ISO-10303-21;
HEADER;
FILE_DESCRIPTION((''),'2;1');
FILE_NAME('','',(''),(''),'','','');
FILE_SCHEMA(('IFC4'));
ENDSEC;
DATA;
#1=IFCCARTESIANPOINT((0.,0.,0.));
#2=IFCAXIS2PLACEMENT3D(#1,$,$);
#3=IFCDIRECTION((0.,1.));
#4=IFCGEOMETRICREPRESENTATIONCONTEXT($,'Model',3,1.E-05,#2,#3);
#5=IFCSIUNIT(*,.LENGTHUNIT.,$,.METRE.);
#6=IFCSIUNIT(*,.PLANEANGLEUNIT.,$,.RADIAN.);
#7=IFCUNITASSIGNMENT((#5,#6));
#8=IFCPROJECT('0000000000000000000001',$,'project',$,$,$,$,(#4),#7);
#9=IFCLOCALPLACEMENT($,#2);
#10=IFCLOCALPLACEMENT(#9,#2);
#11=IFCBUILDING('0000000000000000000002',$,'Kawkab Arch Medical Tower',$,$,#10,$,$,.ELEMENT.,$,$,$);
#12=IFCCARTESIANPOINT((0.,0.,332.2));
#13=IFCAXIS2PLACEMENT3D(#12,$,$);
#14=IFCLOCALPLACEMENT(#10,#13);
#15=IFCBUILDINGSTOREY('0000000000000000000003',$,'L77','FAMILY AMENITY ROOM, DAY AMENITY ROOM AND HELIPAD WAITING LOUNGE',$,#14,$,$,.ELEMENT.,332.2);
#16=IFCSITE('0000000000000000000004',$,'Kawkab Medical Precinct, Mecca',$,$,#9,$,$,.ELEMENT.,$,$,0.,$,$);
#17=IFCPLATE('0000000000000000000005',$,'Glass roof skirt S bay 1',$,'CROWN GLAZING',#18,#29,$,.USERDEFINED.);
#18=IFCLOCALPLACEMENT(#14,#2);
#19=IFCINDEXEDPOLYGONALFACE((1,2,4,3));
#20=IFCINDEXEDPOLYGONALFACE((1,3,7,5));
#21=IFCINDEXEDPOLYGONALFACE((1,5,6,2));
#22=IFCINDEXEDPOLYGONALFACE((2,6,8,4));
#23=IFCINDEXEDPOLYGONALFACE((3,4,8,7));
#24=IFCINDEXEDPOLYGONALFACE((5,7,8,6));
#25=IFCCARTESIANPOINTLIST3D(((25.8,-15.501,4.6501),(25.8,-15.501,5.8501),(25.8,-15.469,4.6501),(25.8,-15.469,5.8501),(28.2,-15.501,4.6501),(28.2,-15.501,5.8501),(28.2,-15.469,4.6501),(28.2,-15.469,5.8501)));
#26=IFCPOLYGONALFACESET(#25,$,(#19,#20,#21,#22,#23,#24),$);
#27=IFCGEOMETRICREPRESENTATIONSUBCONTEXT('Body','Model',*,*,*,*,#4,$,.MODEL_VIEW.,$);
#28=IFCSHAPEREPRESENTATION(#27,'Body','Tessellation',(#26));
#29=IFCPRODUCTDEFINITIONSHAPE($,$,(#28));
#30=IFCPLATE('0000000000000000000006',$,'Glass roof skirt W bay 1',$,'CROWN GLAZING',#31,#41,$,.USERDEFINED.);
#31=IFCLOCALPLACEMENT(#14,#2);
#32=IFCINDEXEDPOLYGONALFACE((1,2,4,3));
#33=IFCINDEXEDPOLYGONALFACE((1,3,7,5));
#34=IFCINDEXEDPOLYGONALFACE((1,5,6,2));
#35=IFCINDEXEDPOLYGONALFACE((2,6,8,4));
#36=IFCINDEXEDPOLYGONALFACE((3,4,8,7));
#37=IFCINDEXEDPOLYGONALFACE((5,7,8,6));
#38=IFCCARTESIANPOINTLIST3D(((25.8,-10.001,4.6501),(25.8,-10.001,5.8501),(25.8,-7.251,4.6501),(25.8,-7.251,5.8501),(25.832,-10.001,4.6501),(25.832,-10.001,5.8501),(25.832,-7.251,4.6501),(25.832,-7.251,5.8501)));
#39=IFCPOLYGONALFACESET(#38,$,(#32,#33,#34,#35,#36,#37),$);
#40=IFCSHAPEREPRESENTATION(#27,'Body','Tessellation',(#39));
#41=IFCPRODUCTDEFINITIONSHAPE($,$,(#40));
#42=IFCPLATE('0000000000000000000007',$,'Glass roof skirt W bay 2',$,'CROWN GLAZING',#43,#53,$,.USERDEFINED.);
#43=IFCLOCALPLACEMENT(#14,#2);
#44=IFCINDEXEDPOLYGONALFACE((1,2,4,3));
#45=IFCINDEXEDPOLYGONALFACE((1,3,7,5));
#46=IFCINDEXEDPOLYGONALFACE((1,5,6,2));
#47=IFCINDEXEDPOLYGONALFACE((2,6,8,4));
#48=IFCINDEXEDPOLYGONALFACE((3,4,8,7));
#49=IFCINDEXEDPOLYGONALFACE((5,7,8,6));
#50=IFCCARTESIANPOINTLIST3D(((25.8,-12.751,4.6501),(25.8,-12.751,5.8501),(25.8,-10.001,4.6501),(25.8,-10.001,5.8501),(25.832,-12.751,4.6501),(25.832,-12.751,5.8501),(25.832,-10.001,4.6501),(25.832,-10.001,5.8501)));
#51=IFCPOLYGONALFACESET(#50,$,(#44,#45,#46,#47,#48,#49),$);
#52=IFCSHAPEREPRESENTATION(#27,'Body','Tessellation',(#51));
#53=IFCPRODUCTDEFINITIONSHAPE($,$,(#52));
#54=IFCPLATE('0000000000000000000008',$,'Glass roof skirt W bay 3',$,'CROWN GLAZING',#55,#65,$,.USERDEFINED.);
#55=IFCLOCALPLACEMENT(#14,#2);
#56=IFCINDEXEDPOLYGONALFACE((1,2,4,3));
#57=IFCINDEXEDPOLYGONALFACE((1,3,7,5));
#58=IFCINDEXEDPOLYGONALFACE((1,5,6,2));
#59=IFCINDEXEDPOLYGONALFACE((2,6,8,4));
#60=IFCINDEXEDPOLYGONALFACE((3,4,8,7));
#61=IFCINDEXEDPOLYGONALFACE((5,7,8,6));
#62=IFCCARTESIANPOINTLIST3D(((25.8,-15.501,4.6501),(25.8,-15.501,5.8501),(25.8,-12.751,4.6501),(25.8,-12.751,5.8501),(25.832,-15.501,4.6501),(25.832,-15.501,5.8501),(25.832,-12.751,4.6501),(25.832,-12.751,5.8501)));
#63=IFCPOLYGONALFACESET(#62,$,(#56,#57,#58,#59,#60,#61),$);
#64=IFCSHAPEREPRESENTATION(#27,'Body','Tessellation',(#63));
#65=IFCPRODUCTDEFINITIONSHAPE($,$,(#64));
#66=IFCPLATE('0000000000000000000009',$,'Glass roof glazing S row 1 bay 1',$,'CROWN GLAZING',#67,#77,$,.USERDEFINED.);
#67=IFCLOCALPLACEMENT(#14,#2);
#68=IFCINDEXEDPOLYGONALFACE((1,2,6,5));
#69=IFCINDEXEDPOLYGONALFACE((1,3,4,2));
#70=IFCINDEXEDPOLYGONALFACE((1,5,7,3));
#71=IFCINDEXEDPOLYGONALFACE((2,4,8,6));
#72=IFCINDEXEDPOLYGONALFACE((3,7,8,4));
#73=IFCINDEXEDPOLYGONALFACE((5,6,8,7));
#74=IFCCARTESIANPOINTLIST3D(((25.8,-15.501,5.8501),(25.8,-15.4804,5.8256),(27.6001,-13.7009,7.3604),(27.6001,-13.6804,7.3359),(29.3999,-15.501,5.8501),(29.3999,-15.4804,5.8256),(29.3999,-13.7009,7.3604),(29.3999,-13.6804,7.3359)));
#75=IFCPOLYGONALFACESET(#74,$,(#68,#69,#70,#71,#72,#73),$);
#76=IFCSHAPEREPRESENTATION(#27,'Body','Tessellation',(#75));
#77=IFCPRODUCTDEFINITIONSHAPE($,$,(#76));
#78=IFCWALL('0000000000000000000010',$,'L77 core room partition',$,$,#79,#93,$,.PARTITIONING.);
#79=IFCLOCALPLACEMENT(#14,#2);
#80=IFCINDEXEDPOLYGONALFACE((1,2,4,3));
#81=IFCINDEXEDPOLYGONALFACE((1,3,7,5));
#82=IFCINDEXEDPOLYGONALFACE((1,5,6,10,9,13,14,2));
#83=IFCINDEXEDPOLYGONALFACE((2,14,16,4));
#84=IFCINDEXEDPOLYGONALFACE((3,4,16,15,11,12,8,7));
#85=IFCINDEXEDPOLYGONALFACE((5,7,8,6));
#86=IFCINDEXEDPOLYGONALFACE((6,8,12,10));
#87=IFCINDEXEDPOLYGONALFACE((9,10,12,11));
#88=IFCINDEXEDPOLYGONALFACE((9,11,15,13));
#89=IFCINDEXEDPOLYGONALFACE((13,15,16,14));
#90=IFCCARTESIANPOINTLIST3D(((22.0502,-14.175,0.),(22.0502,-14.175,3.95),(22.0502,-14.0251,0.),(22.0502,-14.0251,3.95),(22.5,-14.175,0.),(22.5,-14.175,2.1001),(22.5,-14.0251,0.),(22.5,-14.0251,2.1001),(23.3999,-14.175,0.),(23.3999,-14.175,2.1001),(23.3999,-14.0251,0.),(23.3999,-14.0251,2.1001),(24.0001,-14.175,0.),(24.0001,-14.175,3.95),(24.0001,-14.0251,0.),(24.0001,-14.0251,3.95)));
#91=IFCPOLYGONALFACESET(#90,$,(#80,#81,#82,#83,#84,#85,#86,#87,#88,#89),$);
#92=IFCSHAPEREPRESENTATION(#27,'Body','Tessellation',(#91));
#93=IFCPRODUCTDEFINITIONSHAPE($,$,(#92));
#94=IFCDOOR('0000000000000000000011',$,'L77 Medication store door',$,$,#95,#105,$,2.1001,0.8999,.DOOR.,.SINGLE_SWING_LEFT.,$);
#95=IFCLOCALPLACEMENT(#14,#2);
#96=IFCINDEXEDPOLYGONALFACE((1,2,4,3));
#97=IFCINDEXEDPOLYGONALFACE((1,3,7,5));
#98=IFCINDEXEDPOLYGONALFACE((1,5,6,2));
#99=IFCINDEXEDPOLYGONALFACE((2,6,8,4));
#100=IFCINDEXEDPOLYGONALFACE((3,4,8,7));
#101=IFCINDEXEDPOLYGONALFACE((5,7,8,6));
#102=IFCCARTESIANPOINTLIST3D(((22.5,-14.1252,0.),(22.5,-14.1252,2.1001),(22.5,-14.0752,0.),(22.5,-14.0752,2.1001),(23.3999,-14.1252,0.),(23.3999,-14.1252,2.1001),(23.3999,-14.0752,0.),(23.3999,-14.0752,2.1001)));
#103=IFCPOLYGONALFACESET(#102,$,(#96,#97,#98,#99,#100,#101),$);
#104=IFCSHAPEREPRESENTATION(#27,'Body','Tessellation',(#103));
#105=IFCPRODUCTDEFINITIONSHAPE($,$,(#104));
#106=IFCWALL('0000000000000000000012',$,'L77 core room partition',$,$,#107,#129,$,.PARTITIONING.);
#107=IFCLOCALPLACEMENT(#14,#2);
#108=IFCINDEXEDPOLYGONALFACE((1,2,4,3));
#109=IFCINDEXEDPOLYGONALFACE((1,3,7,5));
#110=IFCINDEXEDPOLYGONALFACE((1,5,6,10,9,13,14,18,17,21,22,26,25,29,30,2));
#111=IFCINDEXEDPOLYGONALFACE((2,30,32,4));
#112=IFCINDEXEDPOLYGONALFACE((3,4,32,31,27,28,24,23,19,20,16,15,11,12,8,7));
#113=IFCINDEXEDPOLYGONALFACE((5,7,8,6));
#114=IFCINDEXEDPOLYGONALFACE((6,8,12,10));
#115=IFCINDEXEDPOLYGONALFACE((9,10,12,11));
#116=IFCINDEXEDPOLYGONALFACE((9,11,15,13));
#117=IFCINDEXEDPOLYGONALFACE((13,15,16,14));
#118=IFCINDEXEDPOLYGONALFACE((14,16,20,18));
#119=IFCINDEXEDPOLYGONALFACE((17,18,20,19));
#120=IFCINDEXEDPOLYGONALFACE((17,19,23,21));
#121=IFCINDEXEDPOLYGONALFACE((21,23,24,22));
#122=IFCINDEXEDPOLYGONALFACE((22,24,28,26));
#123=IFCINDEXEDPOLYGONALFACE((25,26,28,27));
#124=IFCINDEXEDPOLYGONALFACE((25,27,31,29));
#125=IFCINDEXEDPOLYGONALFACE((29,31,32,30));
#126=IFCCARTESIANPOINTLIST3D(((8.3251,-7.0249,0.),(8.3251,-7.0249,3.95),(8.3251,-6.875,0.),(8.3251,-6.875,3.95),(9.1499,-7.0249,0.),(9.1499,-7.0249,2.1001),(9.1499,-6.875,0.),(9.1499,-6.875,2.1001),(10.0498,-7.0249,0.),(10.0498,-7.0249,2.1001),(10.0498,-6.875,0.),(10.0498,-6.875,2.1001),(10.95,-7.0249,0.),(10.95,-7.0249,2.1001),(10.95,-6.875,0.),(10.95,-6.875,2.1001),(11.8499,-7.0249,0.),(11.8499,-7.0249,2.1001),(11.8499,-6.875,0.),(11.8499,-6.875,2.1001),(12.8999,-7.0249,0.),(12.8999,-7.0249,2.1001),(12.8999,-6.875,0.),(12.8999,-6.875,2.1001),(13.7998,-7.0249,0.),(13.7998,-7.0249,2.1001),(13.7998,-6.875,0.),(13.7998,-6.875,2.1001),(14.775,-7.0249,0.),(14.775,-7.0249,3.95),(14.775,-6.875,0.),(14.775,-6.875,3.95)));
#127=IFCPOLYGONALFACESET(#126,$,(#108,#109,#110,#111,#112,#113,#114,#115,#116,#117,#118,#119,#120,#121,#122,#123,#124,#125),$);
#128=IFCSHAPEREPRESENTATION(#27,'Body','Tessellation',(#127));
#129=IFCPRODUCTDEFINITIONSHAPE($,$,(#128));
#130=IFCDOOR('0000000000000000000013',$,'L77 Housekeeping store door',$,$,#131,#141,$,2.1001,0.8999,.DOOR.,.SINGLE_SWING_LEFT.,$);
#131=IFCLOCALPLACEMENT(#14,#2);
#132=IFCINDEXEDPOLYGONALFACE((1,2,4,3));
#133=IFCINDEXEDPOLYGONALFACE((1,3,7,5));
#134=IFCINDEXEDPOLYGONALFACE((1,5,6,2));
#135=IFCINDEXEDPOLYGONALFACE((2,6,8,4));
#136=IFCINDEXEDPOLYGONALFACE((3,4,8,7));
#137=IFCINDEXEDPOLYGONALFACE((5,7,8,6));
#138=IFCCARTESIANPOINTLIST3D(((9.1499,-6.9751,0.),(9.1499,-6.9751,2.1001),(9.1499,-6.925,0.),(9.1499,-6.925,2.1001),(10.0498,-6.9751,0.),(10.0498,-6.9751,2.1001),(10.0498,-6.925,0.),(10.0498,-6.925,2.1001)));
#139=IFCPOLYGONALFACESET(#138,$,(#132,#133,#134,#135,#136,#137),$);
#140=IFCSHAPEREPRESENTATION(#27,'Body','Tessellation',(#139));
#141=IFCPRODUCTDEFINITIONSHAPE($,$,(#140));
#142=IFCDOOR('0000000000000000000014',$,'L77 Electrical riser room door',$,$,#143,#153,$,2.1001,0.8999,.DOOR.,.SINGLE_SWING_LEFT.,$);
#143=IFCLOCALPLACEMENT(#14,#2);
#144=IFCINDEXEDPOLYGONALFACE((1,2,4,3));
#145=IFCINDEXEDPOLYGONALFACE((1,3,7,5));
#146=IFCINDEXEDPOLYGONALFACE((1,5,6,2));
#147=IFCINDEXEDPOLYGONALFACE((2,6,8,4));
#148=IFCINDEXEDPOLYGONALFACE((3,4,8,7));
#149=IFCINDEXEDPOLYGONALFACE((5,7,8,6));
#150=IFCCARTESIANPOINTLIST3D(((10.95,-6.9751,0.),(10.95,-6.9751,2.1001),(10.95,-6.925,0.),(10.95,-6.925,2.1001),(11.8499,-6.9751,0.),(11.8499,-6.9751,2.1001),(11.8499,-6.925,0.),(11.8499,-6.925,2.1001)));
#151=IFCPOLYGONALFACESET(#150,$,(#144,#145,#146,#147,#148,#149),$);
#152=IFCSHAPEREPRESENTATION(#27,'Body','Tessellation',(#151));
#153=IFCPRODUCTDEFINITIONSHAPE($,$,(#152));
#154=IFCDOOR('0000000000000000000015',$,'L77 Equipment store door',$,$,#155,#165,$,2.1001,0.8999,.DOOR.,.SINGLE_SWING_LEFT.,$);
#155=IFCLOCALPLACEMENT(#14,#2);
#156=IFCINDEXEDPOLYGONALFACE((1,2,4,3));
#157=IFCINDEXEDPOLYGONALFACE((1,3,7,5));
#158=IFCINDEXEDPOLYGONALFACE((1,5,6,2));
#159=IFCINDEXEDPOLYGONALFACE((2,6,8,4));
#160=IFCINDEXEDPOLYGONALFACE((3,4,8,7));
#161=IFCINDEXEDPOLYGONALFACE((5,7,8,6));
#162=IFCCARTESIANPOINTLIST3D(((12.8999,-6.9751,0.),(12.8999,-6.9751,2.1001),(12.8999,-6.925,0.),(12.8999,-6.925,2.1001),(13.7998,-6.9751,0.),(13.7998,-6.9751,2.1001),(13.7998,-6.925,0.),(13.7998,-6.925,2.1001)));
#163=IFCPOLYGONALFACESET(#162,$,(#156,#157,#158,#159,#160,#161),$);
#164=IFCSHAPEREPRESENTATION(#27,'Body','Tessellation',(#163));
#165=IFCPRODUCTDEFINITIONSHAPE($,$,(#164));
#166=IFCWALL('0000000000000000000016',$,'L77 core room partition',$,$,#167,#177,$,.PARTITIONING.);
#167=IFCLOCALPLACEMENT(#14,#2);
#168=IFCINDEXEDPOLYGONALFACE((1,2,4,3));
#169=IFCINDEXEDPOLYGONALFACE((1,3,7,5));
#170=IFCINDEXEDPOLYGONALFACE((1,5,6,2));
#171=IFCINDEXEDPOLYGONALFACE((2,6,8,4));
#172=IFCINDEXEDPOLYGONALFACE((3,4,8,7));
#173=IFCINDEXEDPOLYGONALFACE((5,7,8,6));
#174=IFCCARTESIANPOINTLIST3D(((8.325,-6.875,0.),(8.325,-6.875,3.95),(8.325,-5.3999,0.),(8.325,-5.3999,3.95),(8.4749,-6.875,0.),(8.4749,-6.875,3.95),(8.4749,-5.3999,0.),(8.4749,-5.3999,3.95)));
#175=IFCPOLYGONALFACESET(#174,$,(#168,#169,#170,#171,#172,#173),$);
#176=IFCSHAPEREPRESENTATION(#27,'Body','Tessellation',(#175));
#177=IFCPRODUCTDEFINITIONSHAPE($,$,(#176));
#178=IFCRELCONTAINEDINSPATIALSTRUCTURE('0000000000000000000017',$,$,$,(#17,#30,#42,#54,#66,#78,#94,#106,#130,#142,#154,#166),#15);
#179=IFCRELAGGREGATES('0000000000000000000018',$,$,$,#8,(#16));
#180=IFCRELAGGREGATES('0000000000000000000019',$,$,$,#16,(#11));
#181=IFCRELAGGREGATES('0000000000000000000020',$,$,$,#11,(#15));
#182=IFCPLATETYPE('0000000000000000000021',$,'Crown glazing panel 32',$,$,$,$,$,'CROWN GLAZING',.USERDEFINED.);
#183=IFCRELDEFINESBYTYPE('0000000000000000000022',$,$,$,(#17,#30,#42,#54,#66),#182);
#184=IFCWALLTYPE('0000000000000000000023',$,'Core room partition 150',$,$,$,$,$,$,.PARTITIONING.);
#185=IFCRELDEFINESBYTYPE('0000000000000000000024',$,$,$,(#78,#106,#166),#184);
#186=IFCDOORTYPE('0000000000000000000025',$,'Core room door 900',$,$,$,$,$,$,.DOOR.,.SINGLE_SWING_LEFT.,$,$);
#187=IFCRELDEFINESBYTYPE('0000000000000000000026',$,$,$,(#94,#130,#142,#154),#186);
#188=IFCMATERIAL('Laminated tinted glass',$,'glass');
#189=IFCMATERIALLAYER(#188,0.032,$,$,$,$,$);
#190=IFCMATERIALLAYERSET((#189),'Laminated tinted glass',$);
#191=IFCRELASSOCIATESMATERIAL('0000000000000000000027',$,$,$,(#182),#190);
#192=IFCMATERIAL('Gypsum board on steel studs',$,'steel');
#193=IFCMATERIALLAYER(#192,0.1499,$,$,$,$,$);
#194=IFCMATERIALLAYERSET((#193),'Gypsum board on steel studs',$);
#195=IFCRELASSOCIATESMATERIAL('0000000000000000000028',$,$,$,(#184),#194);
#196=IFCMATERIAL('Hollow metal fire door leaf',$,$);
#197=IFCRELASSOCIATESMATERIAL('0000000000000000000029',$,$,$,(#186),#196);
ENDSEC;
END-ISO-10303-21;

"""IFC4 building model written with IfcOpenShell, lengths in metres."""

from ifc_helpers import new_model, si_unit, direction, frame, frame_2d, origin, place, context, subcontext, project, spatial, polyline, rectangle, outline, extrude, material, layer, layer_set, type_object, element, fill, save


model = new_model("IFC4")

# Units and contexts
model_context = context("Model", 3, precision=1e-05, world=origin(), true_north=direction((0.0, 1.0)))
body_context = subcontext(model_context, "Body", "Model", "MODEL_VIEW")
ifc_project = project(units=[si_unit("LENGTHUNIT", "METRE"), si_unit("PLANEANGLEUNIT", "RADIAN")], contexts=[model_context])

# Site, building, storey
site_placement = place(None, origin())
site = spatial("IfcSite", under=ifc_project, at=site_placement, Name="Kawkab Medical Precinct, Mecca", CompositionType="ELEMENT", RefElevation=0.0)
building_placement = place(site_placement, origin())
building = spatial("IfcBuilding", under=site, at=building_placement, Name="Kawkab Arch Medical Tower", CompositionType="ELEMENT")
storey_placement = place(building_placement, frame((0.0, 0.0, 332.2)))
storey = spatial("IfcBuildingStorey", under=building, at=storey_placement, Name="L77", Description="FAMILY AMENITY ROOM, DAY AMENITY ROOM AND HELIPAD WAITING LOUNGE", CompositionType="ELEMENT", Elevation=332.2)

# Plates
ifc_material_1 = material(Name="Laminated tinted glass", Category="glass")
ifc_layer_1 = layer(ifc_material_1, 0.032)
ifc_layer_set_1 = layer_set([ifc_layer_1], Name="Laminated tinted glass")
plate_type = type_object("IfcPlateType", Name="Crown glazing panel 32", ElementType="CROWN GLAZING", PredefinedType="USERDEFINED", material=ifc_layer_set_1)
plate_1_placement = place(storey_placement, frame((25.8, -15.501, 4.6501), z_axis=(0.0, -1.0, 0.0), x_axis=(1.0, 0.0, 0.0)))
element("IfcPlate", 1, at=plate_1_placement, inside=storey, type_object=plate_type, Name="Glass roof skirt S bay 1", ObjectType="CROWN GLAZING", PredefinedType="USERDEFINED", context=body_context, shape_type="SweptSolid", body=[
    extrude(outline(polyline([(0.0, 0.0), (2.3999, 0.0), (2.3999, 1.2), (0.0, 1.2), (0.0, 0.0)])), origin(), (0.0, 0.0, -1.0), 0.032),
])
for number, where, z_axis, x_axis, name in (
    (2, (25.8, -7.251, 4.6501), (-1.0, 0.0, 0.0), (0.0, -1.0, 0.0), "Glass roof skirt W bay 1"),
    (3, (25.8, -10.001, 4.6501), (-1.0, 0.0, 0.0), (0.0, -1.0, 0.0), "Glass roof skirt W bay 2"),
    (4, (25.8, -12.751, 4.6501), (-1.0, 0.0, 0.0), (0.0, -1.0, 0.0), "Glass roof skirt W bay 3"),
):
    element("IfcPlate", number, at=place(storey_placement, frame(where, z_axis=z_axis, x_axis=x_axis)), inside=storey, type_object=plate_type, Name=name, ObjectType="CROWN GLAZING", PredefinedType="USERDEFINED", context=body_context, shape_type="SweptSolid", body=[
        extrude(outline(polyline([(0.0, 0.0), (2.75, 0.0), (2.75, 1.2), (0.0, 1.2), (0.0, 0.0)])), origin(), (0.0, 0.0, -1.0), 0.032),
    ])
plate_2_placement = place(storey_placement, frame((25.8, -15.501, 5.8501), z_axis=(0.0, -0.642746, 0.766079), x_axis=(1.0, 0.0, 0.0)))
element("IfcPlate", 5, at=plate_2_placement, inside=storey, type_object=plate_type, Name="Glass roof glazing S row 1 bay 1", ObjectType="CROWN GLAZING", PredefinedType="USERDEFINED", context=body_context, shape_type="SweptSolid", body=[
    extrude(outline(polyline([(0.0, 0.0), (3.5999, 0.0), (3.5999, 2.3497), (1.8, 2.3497), (0.0, 0.0)])), origin(), (0.0, 0.0, -1.0), 0.032),
])

# Wall, opening, door
ifc_material_2 = material(Name="Gypsum board on steel studs", Category="steel")
ifc_layer_2 = layer(ifc_material_2, 0.1499)
ifc_layer_set_2 = layer_set([ifc_layer_2], Name="Gypsum board on steel studs")
wall_type_1 = type_object("IfcWallType", Name="Core room partition 150", PredefinedType="PARTITIONING", material=ifc_layer_set_2)
wall_1_placement = place(storey_placement, frame((22.05, -14.1001, 0.0), z_axis=(0.0, 0.0, 1.0), x_axis=(1.0, 0.0, 0.0)))
wall_1 = element("IfcWall", 6, at=wall_1_placement, inside=storey, type_object=wall_type_1, Name="L77 core room partition", PredefinedType="PARTITIONING", context=body_context, shape_type="SweptSolid", body=[
    extrude(rectangle(XDim=1.95, YDim=0.1499, at=frame_2d((0.9751, 0.0))), origin(), (0.0, 0.0, 1.0), 3.95),
])
opening_1_placement = place(wall_1_placement, frame((0.45, 0.0, 0.0)))
opening_1 = element("IfcOpeningElement", 7, at=opening_1_placement, cuts=wall_1, PredefinedType="OPENING", context=body_context, shape_type="SweptSolid", body=[
    extrude(rectangle(XDim=0.8999, YDim=2.1001, at=frame_2d((0.45, 1.05))), frame((0.0, 0.085, 0.0), z_axis=(0.0, -1.0, 0.0), x_axis=(1.0, 0.0, 0.0)), (0.0, 0.0, 1.0), 0.1699),
])
ifc_material_3 = material(Name="Hollow metal fire door leaf")
door_type_1 = type_object("IfcDoorType", Name="Core room door 900", OperationType="SINGLE_SWING_LEFT", PredefinedType="DOOR", material=ifc_material_3)
door_1_placement = place(opening_1_placement, origin())
door_1 = element("IfcDoor", 8, at=door_1_placement, inside=storey, type_object=door_type_1, Name="L77 Medication store door", OperationType="SINGLE_SWING_LEFT", OverallHeight=2.1001, OverallWidth=0.8999, PredefinedType="DOOR", context=body_context, shape_type="SweptSolid", body=[
    extrude(rectangle(XDim=0.8999, YDim=2.1001, at=frame_2d((0.45, 1.05))), frame((0.0, 0.0249, 0.0), z_axis=(0.0, -1.0, 0.0), x_axis=(1.0, 0.0, 0.0)), (0.0, 0.0, 1.0), 0.05),
])
fill(opening_1, door_1)

# Wall, openings, doors
wall_2_placement = place(storey_placement, frame((8.325, -6.95, 0.0), z_axis=(0.0, 0.0, 1.0), x_axis=(1.0, 0.0, 0.0)))
wall_2 = element("IfcWall", 9, at=wall_2_placement, inside=storey, type_object=wall_type_1, Name="L77 core room partition", PredefinedType="PARTITIONING", context=body_context, shape_type="SweptSolid", body=[
    extrude(rectangle(XDim=6.45, YDim=0.1499, at=frame_2d((3.2251, 0.0))), origin(), (0.0, 0.0, 1.0), 3.95),
])
opening_2_placement = place(wall_2_placement, frame((0.825, 0.0, 0.0)))
opening_2 = element("IfcOpeningElement", 10, at=opening_2_placement, cuts=wall_2, PredefinedType="OPENING", context=body_context, shape_type="SweptSolid", body=[
    extrude(rectangle(XDim=0.8999, YDim=2.1001, at=frame_2d((0.45, 1.05))), frame((0.0, 0.085, 0.0), z_axis=(0.0, -1.0, 0.0), x_axis=(1.0, 0.0, 0.0)), (0.0, 0.0, 1.0), 0.1699),
])
opening_3_placement = place(wall_2_placement, frame((2.625, 0.0, 0.0)))
opening_3 = element("IfcOpeningElement", 11, at=opening_3_placement, cuts=wall_2, PredefinedType="OPENING", context=body_context, shape_type="SweptSolid", body=[
    extrude(rectangle(XDim=0.8999, YDim=2.1001, at=frame_2d((0.45, 1.05))), frame((0.0, 0.085, 0.0), z_axis=(0.0, -1.0, 0.0), x_axis=(1.0, 0.0, 0.0)), (0.0, 0.0, 1.0), 0.1699),
])
opening_4_placement = place(wall_2_placement, frame((4.575, 0.0, 0.0)))
opening_4 = element("IfcOpeningElement", 12, at=opening_4_placement, cuts=wall_2, PredefinedType="OPENING", context=body_context, shape_type="SweptSolid", body=[
    extrude(rectangle(XDim=0.8999, YDim=2.1001, at=frame_2d((0.45, 1.05))), frame((0.0, 0.085, 0.0), z_axis=(0.0, -1.0, 0.0), x_axis=(1.0, 0.0, 0.0)), (0.0, 0.0, 1.0), 0.1699),
])
door_2_placement = place(opening_2_placement, origin())
door_2 = element("IfcDoor", 13, at=door_2_placement, inside=storey, type_object=door_type_1, Name="L77 Housekeeping store door", OperationType="SINGLE_SWING_LEFT", OverallHeight=2.1001, OverallWidth=0.8999, PredefinedType="DOOR", context=body_context, shape_type="SweptSolid", body=[
    extrude(rectangle(XDim=0.8999, YDim=2.1001, at=frame_2d((0.45, 1.05))), frame((0.0, 0.0249, 0.0), z_axis=(0.0, -1.0, 0.0), x_axis=(1.0, 0.0, 0.0)), (0.0, 0.0, 1.0), 0.05),
])
fill(opening_2, door_2)
door_3_placement = place(opening_3_placement, origin())
door_3 = element("IfcDoor", 14, at=door_3_placement, inside=storey, type_object=door_type_1, Name="L77 Electrical riser room door", OperationType="SINGLE_SWING_LEFT", OverallHeight=2.1001, OverallWidth=0.8999, PredefinedType="DOOR", context=body_context, shape_type="SweptSolid", body=[
    extrude(rectangle(XDim=0.8999, YDim=2.1001, at=frame_2d((0.45, 1.05))), frame((0.0, 0.0249, 0.0), z_axis=(0.0, -1.0, 0.0), x_axis=(1.0, 0.0, 0.0)), (0.0, 0.0, 1.0), 0.05),
])
fill(opening_3, door_3)
door_4_placement = place(opening_4_placement, origin())
door_4 = element("IfcDoor", 15, at=door_4_placement, inside=storey, type_object=door_type_1, Name="L77 Equipment store door", OperationType="SINGLE_SWING_LEFT", OverallHeight=2.1001, OverallWidth=0.8999, PredefinedType="DOOR", context=body_context, shape_type="SweptSolid", body=[
    extrude(rectangle(XDim=0.8999, YDim=2.1001, at=frame_2d((0.45, 1.05))), frame((0.0, 0.0249, 0.0), z_axis=(0.0, -1.0, 0.0), x_axis=(1.0, 0.0, 0.0)), (0.0, 0.0, 1.0), 0.05),
])
fill(opening_4, door_4)

# Wall
for number, where, z_axis, x_axis, name in (
    (16, (8.3999, -6.875, 0.0), (0.0, 0.0, 1.0), (0.0, 1.0, 0.0), "L77 core room partition"),
):
    element("IfcWall", number, at=place(storey_placement, frame(where, z_axis=z_axis, x_axis=x_axis)), inside=storey, type_object=wall_type_1, Name=name, PredefinedType="PARTITIONING", context=body_context, shape_type="SweptSolid", body=[
        extrude(rectangle(XDim=1.4751, YDim=0.1499, at=frame_2d((0.7375, 0.0))), origin(), (0.0, 0.0, 1.0), 3.95),
    ])

save(model, "model.ifc")
